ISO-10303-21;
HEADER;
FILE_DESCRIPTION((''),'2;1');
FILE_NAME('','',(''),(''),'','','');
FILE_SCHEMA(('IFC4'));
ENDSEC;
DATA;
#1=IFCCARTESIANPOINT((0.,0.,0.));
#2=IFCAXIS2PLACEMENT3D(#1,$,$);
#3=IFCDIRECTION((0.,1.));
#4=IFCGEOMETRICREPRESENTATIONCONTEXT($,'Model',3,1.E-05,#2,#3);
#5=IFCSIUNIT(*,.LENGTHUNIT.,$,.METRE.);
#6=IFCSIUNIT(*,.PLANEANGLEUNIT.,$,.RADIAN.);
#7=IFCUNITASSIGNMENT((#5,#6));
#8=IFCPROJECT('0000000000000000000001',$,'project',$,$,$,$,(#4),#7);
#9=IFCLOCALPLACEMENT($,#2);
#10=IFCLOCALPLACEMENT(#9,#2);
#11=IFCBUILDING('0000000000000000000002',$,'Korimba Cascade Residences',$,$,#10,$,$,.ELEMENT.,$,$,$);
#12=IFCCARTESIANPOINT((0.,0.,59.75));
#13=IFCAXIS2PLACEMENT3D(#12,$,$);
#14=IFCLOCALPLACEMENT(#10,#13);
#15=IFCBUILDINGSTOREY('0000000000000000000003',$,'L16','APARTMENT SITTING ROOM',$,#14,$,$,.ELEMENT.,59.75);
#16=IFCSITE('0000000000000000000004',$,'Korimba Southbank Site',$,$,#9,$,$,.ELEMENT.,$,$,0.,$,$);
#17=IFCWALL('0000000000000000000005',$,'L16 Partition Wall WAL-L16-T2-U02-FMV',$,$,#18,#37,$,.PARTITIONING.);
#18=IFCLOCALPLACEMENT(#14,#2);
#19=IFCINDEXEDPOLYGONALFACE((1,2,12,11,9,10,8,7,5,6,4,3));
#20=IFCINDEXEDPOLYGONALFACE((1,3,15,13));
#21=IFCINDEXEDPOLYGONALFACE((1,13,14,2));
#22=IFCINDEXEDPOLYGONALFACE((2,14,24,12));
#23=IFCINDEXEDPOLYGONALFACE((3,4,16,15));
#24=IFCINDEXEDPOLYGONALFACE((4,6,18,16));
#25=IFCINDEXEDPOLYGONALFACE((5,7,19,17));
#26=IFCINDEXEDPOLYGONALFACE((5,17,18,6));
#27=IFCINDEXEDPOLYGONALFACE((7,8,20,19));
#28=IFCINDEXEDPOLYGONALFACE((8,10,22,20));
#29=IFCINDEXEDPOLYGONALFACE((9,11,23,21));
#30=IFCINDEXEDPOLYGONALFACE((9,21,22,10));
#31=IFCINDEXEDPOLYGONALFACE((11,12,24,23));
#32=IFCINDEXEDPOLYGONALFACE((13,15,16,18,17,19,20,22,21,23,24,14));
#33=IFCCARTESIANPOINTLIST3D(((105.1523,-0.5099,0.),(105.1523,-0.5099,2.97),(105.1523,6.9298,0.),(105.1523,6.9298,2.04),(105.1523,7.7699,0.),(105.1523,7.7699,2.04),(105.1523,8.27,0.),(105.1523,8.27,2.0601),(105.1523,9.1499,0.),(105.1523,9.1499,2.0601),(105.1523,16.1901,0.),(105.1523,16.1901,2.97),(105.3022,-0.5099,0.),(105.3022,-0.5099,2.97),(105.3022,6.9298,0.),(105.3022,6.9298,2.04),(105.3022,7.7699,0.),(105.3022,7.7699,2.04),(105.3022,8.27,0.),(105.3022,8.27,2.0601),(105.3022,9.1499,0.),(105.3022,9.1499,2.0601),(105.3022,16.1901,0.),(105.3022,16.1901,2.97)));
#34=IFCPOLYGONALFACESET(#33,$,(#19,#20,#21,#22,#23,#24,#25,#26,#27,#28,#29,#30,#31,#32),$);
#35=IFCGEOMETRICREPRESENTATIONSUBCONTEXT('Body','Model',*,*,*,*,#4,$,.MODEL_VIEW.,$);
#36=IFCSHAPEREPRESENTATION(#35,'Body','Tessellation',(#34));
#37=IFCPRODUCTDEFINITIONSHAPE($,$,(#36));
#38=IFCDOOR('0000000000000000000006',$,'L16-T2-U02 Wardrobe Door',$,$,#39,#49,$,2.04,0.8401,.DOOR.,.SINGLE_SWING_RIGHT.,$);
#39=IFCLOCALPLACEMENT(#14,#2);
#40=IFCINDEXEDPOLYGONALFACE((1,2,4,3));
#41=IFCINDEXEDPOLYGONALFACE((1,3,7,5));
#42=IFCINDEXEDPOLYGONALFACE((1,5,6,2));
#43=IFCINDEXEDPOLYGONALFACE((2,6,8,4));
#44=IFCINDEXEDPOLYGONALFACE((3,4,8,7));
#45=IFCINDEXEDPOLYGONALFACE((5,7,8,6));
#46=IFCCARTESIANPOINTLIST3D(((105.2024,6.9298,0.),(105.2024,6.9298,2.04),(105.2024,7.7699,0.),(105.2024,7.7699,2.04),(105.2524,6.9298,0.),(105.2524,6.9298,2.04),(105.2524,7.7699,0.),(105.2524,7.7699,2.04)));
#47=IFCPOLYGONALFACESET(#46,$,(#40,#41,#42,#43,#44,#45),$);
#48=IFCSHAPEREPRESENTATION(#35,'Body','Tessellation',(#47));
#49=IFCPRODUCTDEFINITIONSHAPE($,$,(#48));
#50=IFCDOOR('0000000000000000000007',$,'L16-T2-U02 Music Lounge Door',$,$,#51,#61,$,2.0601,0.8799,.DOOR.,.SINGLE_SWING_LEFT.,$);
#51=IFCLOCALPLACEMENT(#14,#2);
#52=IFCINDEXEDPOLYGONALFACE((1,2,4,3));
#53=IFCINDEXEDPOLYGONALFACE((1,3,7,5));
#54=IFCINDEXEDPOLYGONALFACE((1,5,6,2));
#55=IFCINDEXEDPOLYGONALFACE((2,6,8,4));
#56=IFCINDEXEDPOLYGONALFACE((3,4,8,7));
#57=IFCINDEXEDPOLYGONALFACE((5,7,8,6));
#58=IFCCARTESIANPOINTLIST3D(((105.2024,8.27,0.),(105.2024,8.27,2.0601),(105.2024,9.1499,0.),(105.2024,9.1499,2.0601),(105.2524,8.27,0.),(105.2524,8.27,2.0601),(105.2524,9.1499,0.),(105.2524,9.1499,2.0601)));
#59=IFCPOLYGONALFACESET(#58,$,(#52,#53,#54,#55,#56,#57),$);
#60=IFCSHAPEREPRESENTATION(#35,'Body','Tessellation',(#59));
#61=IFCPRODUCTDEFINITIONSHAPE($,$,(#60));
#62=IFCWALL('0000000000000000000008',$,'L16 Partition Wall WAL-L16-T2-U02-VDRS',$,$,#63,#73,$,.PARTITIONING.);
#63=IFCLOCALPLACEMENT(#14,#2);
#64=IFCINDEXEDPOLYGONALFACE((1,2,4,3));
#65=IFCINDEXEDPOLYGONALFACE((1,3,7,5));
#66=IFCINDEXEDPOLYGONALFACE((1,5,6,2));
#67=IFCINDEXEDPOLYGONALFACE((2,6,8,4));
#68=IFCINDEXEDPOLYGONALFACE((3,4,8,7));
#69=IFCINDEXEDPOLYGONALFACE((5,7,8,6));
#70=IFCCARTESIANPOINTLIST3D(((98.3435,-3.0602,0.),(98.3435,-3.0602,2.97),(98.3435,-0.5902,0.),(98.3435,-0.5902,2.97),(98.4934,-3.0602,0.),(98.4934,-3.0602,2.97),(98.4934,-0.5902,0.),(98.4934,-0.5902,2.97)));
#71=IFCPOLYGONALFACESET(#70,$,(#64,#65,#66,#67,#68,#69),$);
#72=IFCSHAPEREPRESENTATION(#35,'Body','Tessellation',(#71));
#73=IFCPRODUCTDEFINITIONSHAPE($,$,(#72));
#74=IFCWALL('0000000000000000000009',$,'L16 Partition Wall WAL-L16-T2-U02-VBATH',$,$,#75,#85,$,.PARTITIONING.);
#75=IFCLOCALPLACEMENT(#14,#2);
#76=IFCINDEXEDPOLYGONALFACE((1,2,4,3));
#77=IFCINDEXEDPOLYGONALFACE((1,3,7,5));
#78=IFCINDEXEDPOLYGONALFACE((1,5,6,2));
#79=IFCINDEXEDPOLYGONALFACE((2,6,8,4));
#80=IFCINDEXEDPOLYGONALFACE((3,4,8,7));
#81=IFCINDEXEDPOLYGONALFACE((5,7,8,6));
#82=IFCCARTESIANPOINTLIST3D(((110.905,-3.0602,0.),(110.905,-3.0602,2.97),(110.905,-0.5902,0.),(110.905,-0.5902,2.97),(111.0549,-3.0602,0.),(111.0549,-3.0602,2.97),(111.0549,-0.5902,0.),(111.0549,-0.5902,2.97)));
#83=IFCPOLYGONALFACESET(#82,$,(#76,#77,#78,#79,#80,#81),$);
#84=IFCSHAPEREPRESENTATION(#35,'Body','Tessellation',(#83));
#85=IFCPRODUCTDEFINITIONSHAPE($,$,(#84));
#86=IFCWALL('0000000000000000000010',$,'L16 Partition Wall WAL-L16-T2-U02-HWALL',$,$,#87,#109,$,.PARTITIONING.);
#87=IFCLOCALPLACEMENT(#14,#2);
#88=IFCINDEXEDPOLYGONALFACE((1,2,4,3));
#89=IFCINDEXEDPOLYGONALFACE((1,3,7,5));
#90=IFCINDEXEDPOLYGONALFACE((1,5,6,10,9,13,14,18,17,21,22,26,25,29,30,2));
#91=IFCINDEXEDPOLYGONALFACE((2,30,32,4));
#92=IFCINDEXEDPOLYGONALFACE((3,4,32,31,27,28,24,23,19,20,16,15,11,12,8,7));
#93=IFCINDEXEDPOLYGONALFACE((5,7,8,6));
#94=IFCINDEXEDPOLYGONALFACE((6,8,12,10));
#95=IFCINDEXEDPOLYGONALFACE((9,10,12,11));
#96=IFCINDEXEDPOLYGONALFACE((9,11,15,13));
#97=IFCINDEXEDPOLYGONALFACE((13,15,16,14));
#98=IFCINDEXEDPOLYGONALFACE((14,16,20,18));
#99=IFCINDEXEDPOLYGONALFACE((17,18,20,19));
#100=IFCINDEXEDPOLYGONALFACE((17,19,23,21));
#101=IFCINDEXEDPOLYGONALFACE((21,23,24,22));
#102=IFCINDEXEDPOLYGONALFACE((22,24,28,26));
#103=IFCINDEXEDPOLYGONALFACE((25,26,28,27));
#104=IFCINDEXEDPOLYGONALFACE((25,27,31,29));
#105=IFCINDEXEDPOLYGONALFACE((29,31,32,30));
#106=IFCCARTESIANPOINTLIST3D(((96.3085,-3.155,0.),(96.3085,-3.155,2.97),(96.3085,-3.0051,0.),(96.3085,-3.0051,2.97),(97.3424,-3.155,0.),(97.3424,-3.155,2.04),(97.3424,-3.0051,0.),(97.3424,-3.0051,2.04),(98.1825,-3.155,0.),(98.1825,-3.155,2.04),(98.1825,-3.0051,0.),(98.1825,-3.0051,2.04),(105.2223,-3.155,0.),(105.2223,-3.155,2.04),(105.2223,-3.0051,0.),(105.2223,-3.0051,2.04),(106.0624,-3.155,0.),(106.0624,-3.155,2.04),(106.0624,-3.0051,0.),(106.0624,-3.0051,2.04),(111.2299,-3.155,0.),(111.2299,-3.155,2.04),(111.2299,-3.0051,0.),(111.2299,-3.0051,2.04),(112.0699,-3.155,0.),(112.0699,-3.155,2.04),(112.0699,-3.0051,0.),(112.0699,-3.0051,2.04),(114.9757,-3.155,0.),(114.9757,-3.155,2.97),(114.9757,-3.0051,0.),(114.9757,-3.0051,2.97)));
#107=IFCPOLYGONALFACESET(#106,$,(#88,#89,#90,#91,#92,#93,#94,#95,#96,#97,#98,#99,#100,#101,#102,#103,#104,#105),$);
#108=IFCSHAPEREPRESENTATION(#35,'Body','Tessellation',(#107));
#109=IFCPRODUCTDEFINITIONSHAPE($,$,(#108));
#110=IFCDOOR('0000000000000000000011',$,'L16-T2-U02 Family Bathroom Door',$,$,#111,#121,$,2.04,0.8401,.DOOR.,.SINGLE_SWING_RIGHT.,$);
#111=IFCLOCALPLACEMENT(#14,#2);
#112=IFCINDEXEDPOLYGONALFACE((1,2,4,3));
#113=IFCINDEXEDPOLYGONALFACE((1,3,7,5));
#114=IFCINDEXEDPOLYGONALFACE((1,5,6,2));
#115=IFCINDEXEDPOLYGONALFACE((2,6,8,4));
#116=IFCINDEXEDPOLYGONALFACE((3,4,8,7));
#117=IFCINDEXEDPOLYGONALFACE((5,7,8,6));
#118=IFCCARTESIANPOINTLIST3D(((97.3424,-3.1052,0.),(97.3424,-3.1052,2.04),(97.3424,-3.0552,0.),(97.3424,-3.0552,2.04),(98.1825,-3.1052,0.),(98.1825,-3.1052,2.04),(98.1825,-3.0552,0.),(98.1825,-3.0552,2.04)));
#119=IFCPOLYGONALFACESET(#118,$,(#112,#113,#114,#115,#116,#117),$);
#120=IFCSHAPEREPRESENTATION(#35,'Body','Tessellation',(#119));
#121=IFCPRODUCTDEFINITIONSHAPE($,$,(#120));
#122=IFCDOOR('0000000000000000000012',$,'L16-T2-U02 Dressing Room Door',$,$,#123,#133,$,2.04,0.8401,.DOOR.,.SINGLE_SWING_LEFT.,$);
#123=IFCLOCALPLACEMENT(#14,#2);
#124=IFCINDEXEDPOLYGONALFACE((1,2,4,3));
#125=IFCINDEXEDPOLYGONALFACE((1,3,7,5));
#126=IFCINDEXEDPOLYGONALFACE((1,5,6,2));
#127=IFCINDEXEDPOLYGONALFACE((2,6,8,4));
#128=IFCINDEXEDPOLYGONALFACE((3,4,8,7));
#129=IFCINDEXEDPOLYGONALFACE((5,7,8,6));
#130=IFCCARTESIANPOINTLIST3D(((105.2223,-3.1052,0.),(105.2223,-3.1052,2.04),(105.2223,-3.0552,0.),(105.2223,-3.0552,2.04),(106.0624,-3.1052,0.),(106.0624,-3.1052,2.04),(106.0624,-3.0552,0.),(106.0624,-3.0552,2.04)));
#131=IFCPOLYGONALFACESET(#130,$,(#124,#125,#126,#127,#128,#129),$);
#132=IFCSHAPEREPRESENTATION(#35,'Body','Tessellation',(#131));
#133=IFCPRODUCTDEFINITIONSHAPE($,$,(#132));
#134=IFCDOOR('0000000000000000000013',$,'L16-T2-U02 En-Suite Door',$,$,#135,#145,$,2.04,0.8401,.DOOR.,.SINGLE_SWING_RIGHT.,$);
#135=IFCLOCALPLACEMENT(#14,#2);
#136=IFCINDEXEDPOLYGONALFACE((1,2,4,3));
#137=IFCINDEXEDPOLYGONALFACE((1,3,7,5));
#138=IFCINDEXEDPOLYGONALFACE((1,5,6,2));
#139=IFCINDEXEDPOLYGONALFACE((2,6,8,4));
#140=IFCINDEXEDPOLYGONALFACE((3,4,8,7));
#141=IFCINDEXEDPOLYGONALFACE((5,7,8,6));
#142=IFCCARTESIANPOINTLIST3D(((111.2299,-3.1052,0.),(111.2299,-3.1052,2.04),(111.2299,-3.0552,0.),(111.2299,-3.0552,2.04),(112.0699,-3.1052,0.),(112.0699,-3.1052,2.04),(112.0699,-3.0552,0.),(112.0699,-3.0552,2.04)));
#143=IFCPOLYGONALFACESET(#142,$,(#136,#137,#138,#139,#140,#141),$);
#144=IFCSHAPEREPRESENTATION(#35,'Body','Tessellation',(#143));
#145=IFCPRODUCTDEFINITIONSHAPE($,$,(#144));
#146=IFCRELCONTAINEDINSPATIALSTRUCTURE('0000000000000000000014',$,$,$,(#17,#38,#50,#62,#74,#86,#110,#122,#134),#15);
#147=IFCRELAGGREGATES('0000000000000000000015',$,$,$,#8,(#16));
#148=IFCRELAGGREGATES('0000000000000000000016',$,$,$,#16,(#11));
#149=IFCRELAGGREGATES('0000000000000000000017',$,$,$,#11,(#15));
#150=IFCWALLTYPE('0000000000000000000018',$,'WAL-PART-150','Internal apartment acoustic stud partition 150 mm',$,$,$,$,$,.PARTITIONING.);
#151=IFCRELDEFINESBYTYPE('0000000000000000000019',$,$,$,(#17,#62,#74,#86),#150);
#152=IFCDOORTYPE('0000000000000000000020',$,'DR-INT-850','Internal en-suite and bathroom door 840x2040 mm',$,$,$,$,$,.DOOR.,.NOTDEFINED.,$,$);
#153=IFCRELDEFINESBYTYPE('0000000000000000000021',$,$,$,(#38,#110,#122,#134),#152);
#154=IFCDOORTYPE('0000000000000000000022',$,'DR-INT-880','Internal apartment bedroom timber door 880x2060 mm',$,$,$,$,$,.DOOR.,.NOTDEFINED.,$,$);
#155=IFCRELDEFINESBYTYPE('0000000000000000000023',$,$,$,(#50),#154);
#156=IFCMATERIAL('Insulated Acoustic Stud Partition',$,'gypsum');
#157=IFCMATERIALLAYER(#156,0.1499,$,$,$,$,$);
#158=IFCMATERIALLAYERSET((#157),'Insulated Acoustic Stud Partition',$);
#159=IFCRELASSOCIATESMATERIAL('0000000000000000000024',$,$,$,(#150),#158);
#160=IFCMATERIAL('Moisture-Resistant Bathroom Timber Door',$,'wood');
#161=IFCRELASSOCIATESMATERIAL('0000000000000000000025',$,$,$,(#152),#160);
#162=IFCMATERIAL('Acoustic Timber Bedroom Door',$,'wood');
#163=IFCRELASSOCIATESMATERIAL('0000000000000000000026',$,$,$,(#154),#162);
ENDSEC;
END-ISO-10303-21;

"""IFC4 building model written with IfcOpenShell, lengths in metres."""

from ifc_helpers import new_model, si_unit, direction, frame, frame_2d, origin, place, context, subcontext, project, spatial, rectangle, extrude, material, layer, layer_set, type_object, element, fill, save


model = new_model("IFC4")

# Units and contexts
model_context = context("Model", 3, precision=1e-05, world=origin(), true_north=direction((0.0, 1.0)))
body_context = subcontext(model_context, "Body", "Model", "MODEL_VIEW")
ifc_project = project(units=[si_unit("LENGTHUNIT", "METRE"), si_unit("PLANEANGLEUNIT", "RADIAN")], contexts=[model_context])

# Site, building, storey
site_placement = place(None, origin())
site = spatial("IfcSite", under=ifc_project, at=site_placement, Name="Korimba Southbank Site", CompositionType="ELEMENT", RefElevation=0.0)
building_placement = place(site_placement, origin())
building = spatial("IfcBuilding", under=site, at=building_placement, Name="Korimba Cascade Residences", CompositionType="ELEMENT")
storey_placement = place(building_placement, frame((0.0, 0.0, 59.75)))
storey = spatial("IfcBuildingStorey", under=building, at=storey_placement, Name="L16", Description="APARTMENT SITTING ROOM", CompositionType="ELEMENT", Elevation=59.75)

# Wall, openings, doors
ifc_material_1 = material(Name="Insulated Acoustic Stud Partition", Category="gypsum")
ifc_layer = layer(ifc_material_1, 0.1499)
ifc_layer_set = layer_set([ifc_layer], Name="Insulated Acoustic Stud Partition")
wall_type = type_object("IfcWallType", Name="WAL-PART-150", Description="Internal apartment acoustic stud partition 150 mm", PredefinedType="PARTITIONING", material=ifc_layer_set)
wall_1_placement = place(storey_placement, frame((105.2273, -0.51, 0.0), z_axis=(0.0, 0.0, 1.0), x_axis=(0.0, 1.0, 0.0)))
wall_1 = element("IfcWall", 1, at=wall_1_placement, inside=storey, type_object=wall_type, Name="L16 Partition Wall WAL-L16-T2-U02-FMV", PredefinedType="PARTITIONING", context=body_context, shape_type="SweptSolid", body=[
    extrude(rectangle(XDim=16.7, YDim=0.1499, at=frame_2d((8.3501, 0.0))), origin(), (0.0, 0.0, 1.0), 2.97),
])
opening_1_placement = place(wall_1_placement, frame((7.4399, 0.0, 0.0)))
opening_1 = element("IfcOpeningElement", 2, at=opening_1_placement, cuts=wall_1, PredefinedType="OPENING", context=body_context, shape_type="SweptSolid", body=[
    extrude(rectangle(XDim=0.8401, YDim=2.04, at=frame_2d((0.4199, 1.02))), frame((0.0, 0.085, 0.0), z_axis=(0.0, -1.0, 0.0), x_axis=(1.0, 0.0, 0.0)), (0.0, 0.0, 1.0), 0.1699),
])
opening_2_placement = place(wall_1_placement, frame((8.78, 0.0, 0.0)))
opening_2 = element("IfcOpeningElement", 3, at=opening_2_placement, cuts=wall_1, PredefinedType="OPENING", context=body_context, shape_type="SweptSolid", body=[
    extrude(rectangle(XDim=0.8799, YDim=2.0601, at=frame_2d((0.4399, 1.03))), frame((0.0, 0.085, 0.0), z_axis=(0.0, -1.0, 0.0), x_axis=(1.0, 0.0, 0.0)), (0.0, 0.0, 1.0), 0.1699),
])
ifc_material_2 = material(Name="Moisture-Resistant Bathroom Timber Door", Category="wood")
door_type_1 = type_object("IfcDoorType", Name="DR-INT-850", Description="Internal en-suite and bathroom door 840x2040 mm", OperationType="NOTDEFINED", PredefinedType="DOOR", material=ifc_material_2)
door_1_placement = place(opening_1_placement, origin())
door_1 = element("IfcDoor", 4, at=door_1_placement, inside=storey, type_object=door_type_1, Name="L16-T2-U02 Wardrobe Door", OperationType="SINGLE_SWING_RIGHT", OverallHeight=2.04, OverallWidth=0.8401, PredefinedType="DOOR", context=body_context, shape_type="SweptSolid", body=[
    extrude(rectangle(XDim=0.8401, YDim=2.04, at=frame_2d((0.4199, 1.02))), frame((0.0, 0.0249, 0.0), z_axis=(0.0, -1.0, 0.0), x_axis=(1.0, 0.0, 0.0)), (0.0, 0.0, 1.0), 0.05),
])
fill(opening_1, door_1)
ifc_material_3 = material(Name="Acoustic Timber Bedroom Door", Category="wood")
door_type_2 = type_object("IfcDoorType", Name="DR-INT-880", Description="Internal apartment bedroom timber door 880x2060 mm", OperationType="NOTDEFINED", PredefinedType="DOOR", material=ifc_material_3)
door_2_placement = place(opening_2_placement, origin())
door_2 = element("IfcDoor", 5, at=door_2_placement, inside=storey, type_object=door_type_2, Name="L16-T2-U02 Music Lounge Door", OperationType="SINGLE_SWING_LEFT", OverallHeight=2.0601, OverallWidth=0.8799, PredefinedType="DOOR", context=body_context, shape_type="SweptSolid", body=[
    extrude(rectangle(XDim=0.8799, YDim=2.0601, at=frame_2d((0.4399, 1.03))), frame((0.0, 0.0249, 0.0), z_axis=(0.0, -1.0, 0.0), x_axis=(1.0, 0.0, 0.0)), (0.0, 0.0, 1.0), 0.05),
])
fill(opening_2, door_2)

# Walls
for number, where, z_axis, x_axis, name in (
    (6, (98.4185, -3.0601, 0.0), (0.0, 0.0, 1.0), (0.0, 1.0, 0.0), "L16 Partition Wall WAL-L16-T2-U02-VDRS"),
    (7, (110.98, -3.0601, 0.0), (0.0, 0.0, 1.0), (0.0, 1.0, 0.0), "L16 Partition Wall WAL-L16-T2-U02-VBATH"),
):
    element("IfcWall", number, at=place(storey_placement, frame(where, z_axis=z_axis, x_axis=x_axis)), inside=storey, type_object=wall_type, Name=name, PredefinedType="PARTITIONING", context=body_context, shape_type="SweptSolid", body=[
        extrude(rectangle(XDim=2.47, YDim=0.1499, at=frame_2d((1.2349, 0.0))), origin(), (0.0, 0.0, 1.0), 2.97),
    ])

# Wall, openings, doors
wall_2_placement = place(storey_placement, frame((96.3086, -3.0801, 0.0), z_axis=(0.0, 0.0, 1.0), x_axis=(1.0, 0.0, 0.0)))
wall_2 = element("IfcWall", 8, at=wall_2_placement, inside=storey, type_object=wall_type, Name="L16 Partition Wall WAL-L16-T2-U02-HWALL", PredefinedType="PARTITIONING", context=body_context, shape_type="SweptSolid", body=[
    extrude(rectangle(XDim=18.6672, YDim=0.1499, at=frame_2d((9.3335, 0.0))), origin(), (0.0, 0.0, 1.0), 2.97),
])
opening_3_placement = place(wall_2_placement, frame((1.0339, 0.0, 0.0)))
opening_3 = element("IfcOpeningElement", 9, at=opening_3_placement, cuts=wall_2, PredefinedType="OPENING", context=body_context, shape_type="SweptSolid", body=[
    extrude(rectangle(XDim=0.8401, YDim=2.04, at=frame_2d((0.4199, 1.02))), frame((0.0, 0.085, 0.0), z_axis=(0.0, -1.0, 0.0), x_axis=(1.0, 0.0, 0.0)), (0.0, 0.0, 1.0), 0.1699),
])
opening_4_placement = place(wall_2_placement, frame((8.9138, 0.0, 0.0)))
opening_4 = element("IfcOpeningElement", 10, at=opening_4_placement, cuts=wall_2, PredefinedType="OPENING", context=body_context, shape_type="SweptSolid", body=[
    extrude(rectangle(XDim=0.8401, YDim=2.04, at=frame_2d((0.4199, 1.02))), frame((0.0, 0.085, 0.0), z_axis=(0.0, -1.0, 0.0), x_axis=(1.0, 0.0, 0.0)), (0.0, 0.0, 1.0), 0.1699),
])
opening_5_placement = place(wall_2_placement, frame((14.9214, 0.0, 0.0)))
opening_5 = element("IfcOpeningElement", 11, at=opening_5_placement, cuts=wall_2, PredefinedType="OPENING", context=body_context, shape_type="SweptSolid", body=[
    extrude(rectangle(XDim=0.8401, YDim=2.04, at=frame_2d((0.4199, 1.02))), frame((0.0, 0.085, 0.0), z_axis=(0.0, -1.0, 0.0), x_axis=(1.0, 0.0, 0.0)), (0.0, 0.0, 1.0), 0.1699),
])
door_3_placement = place(opening_3_placement, origin())
door_3 = element("IfcDoor", 12, at=door_3_placement, inside=storey, type_object=door_type_1, Name="L16-T2-U02 Family Bathroom Door", OperationType="SINGLE_SWING_RIGHT", OverallHeight=2.04, OverallWidth=0.8401, PredefinedType="DOOR", context=body_context, shape_type="SweptSolid", body=[
    extrude(rectangle(XDim=0.8401, YDim=2.04, at=frame_2d((0.4199, 1.02))), frame((0.0, 0.0249, 0.0), z_axis=(0.0, -1.0, 0.0), x_axis=(1.0, 0.0, 0.0)), (0.0, 0.0, 1.0), 0.05),
])
fill(opening_3, door_3)
door_4_placement = place(opening_4_placement, origin())
door_4 = element("IfcDoor", 13, at=door_4_placement, inside=storey, type_object=door_type_1, Name="L16-T2-U02 Dressing Room Door", OperationType="SINGLE_SWING_LEFT", OverallHeight=2.04, OverallWidth=0.8401, PredefinedType="DOOR", context=body_context, shape_type="SweptSolid", body=[
    extrude(rectangle(XDim=0.8401, YDim=2.04, at=frame_2d((0.4199, 1.02))), frame((0.0, 0.0249, 0.0), z_axis=(0.0, -1.0, 0.0), x_axis=(1.0, 0.0, 0.0)), (0.0, 0.0, 1.0), 0.05),
])
fill(opening_4, door_4)
door_5_placement = place(opening_5_placement, origin())
door_5 = element("IfcDoor", 14, at=door_5_placement, inside=storey, type_object=door_type_1, Name="L16-T2-U02 En-Suite Door", OperationType="SINGLE_SWING_RIGHT", OverallHeight=2.04, OverallWidth=0.8401, PredefinedType="DOOR", context=body_context, shape_type="SweptSolid", body=[
    extrude(rectangle(XDim=0.8401, YDim=2.04, at=frame_2d((0.4199, 1.02))), frame((0.0, 0.0249, 0.0), z_axis=(0.0, -1.0, 0.0), x_axis=(1.0, 0.0, 0.0)), (0.0, 0.0, 1.0), 0.05),
])
fill(opening_5, door_5)

save(model, "model.ifc")
